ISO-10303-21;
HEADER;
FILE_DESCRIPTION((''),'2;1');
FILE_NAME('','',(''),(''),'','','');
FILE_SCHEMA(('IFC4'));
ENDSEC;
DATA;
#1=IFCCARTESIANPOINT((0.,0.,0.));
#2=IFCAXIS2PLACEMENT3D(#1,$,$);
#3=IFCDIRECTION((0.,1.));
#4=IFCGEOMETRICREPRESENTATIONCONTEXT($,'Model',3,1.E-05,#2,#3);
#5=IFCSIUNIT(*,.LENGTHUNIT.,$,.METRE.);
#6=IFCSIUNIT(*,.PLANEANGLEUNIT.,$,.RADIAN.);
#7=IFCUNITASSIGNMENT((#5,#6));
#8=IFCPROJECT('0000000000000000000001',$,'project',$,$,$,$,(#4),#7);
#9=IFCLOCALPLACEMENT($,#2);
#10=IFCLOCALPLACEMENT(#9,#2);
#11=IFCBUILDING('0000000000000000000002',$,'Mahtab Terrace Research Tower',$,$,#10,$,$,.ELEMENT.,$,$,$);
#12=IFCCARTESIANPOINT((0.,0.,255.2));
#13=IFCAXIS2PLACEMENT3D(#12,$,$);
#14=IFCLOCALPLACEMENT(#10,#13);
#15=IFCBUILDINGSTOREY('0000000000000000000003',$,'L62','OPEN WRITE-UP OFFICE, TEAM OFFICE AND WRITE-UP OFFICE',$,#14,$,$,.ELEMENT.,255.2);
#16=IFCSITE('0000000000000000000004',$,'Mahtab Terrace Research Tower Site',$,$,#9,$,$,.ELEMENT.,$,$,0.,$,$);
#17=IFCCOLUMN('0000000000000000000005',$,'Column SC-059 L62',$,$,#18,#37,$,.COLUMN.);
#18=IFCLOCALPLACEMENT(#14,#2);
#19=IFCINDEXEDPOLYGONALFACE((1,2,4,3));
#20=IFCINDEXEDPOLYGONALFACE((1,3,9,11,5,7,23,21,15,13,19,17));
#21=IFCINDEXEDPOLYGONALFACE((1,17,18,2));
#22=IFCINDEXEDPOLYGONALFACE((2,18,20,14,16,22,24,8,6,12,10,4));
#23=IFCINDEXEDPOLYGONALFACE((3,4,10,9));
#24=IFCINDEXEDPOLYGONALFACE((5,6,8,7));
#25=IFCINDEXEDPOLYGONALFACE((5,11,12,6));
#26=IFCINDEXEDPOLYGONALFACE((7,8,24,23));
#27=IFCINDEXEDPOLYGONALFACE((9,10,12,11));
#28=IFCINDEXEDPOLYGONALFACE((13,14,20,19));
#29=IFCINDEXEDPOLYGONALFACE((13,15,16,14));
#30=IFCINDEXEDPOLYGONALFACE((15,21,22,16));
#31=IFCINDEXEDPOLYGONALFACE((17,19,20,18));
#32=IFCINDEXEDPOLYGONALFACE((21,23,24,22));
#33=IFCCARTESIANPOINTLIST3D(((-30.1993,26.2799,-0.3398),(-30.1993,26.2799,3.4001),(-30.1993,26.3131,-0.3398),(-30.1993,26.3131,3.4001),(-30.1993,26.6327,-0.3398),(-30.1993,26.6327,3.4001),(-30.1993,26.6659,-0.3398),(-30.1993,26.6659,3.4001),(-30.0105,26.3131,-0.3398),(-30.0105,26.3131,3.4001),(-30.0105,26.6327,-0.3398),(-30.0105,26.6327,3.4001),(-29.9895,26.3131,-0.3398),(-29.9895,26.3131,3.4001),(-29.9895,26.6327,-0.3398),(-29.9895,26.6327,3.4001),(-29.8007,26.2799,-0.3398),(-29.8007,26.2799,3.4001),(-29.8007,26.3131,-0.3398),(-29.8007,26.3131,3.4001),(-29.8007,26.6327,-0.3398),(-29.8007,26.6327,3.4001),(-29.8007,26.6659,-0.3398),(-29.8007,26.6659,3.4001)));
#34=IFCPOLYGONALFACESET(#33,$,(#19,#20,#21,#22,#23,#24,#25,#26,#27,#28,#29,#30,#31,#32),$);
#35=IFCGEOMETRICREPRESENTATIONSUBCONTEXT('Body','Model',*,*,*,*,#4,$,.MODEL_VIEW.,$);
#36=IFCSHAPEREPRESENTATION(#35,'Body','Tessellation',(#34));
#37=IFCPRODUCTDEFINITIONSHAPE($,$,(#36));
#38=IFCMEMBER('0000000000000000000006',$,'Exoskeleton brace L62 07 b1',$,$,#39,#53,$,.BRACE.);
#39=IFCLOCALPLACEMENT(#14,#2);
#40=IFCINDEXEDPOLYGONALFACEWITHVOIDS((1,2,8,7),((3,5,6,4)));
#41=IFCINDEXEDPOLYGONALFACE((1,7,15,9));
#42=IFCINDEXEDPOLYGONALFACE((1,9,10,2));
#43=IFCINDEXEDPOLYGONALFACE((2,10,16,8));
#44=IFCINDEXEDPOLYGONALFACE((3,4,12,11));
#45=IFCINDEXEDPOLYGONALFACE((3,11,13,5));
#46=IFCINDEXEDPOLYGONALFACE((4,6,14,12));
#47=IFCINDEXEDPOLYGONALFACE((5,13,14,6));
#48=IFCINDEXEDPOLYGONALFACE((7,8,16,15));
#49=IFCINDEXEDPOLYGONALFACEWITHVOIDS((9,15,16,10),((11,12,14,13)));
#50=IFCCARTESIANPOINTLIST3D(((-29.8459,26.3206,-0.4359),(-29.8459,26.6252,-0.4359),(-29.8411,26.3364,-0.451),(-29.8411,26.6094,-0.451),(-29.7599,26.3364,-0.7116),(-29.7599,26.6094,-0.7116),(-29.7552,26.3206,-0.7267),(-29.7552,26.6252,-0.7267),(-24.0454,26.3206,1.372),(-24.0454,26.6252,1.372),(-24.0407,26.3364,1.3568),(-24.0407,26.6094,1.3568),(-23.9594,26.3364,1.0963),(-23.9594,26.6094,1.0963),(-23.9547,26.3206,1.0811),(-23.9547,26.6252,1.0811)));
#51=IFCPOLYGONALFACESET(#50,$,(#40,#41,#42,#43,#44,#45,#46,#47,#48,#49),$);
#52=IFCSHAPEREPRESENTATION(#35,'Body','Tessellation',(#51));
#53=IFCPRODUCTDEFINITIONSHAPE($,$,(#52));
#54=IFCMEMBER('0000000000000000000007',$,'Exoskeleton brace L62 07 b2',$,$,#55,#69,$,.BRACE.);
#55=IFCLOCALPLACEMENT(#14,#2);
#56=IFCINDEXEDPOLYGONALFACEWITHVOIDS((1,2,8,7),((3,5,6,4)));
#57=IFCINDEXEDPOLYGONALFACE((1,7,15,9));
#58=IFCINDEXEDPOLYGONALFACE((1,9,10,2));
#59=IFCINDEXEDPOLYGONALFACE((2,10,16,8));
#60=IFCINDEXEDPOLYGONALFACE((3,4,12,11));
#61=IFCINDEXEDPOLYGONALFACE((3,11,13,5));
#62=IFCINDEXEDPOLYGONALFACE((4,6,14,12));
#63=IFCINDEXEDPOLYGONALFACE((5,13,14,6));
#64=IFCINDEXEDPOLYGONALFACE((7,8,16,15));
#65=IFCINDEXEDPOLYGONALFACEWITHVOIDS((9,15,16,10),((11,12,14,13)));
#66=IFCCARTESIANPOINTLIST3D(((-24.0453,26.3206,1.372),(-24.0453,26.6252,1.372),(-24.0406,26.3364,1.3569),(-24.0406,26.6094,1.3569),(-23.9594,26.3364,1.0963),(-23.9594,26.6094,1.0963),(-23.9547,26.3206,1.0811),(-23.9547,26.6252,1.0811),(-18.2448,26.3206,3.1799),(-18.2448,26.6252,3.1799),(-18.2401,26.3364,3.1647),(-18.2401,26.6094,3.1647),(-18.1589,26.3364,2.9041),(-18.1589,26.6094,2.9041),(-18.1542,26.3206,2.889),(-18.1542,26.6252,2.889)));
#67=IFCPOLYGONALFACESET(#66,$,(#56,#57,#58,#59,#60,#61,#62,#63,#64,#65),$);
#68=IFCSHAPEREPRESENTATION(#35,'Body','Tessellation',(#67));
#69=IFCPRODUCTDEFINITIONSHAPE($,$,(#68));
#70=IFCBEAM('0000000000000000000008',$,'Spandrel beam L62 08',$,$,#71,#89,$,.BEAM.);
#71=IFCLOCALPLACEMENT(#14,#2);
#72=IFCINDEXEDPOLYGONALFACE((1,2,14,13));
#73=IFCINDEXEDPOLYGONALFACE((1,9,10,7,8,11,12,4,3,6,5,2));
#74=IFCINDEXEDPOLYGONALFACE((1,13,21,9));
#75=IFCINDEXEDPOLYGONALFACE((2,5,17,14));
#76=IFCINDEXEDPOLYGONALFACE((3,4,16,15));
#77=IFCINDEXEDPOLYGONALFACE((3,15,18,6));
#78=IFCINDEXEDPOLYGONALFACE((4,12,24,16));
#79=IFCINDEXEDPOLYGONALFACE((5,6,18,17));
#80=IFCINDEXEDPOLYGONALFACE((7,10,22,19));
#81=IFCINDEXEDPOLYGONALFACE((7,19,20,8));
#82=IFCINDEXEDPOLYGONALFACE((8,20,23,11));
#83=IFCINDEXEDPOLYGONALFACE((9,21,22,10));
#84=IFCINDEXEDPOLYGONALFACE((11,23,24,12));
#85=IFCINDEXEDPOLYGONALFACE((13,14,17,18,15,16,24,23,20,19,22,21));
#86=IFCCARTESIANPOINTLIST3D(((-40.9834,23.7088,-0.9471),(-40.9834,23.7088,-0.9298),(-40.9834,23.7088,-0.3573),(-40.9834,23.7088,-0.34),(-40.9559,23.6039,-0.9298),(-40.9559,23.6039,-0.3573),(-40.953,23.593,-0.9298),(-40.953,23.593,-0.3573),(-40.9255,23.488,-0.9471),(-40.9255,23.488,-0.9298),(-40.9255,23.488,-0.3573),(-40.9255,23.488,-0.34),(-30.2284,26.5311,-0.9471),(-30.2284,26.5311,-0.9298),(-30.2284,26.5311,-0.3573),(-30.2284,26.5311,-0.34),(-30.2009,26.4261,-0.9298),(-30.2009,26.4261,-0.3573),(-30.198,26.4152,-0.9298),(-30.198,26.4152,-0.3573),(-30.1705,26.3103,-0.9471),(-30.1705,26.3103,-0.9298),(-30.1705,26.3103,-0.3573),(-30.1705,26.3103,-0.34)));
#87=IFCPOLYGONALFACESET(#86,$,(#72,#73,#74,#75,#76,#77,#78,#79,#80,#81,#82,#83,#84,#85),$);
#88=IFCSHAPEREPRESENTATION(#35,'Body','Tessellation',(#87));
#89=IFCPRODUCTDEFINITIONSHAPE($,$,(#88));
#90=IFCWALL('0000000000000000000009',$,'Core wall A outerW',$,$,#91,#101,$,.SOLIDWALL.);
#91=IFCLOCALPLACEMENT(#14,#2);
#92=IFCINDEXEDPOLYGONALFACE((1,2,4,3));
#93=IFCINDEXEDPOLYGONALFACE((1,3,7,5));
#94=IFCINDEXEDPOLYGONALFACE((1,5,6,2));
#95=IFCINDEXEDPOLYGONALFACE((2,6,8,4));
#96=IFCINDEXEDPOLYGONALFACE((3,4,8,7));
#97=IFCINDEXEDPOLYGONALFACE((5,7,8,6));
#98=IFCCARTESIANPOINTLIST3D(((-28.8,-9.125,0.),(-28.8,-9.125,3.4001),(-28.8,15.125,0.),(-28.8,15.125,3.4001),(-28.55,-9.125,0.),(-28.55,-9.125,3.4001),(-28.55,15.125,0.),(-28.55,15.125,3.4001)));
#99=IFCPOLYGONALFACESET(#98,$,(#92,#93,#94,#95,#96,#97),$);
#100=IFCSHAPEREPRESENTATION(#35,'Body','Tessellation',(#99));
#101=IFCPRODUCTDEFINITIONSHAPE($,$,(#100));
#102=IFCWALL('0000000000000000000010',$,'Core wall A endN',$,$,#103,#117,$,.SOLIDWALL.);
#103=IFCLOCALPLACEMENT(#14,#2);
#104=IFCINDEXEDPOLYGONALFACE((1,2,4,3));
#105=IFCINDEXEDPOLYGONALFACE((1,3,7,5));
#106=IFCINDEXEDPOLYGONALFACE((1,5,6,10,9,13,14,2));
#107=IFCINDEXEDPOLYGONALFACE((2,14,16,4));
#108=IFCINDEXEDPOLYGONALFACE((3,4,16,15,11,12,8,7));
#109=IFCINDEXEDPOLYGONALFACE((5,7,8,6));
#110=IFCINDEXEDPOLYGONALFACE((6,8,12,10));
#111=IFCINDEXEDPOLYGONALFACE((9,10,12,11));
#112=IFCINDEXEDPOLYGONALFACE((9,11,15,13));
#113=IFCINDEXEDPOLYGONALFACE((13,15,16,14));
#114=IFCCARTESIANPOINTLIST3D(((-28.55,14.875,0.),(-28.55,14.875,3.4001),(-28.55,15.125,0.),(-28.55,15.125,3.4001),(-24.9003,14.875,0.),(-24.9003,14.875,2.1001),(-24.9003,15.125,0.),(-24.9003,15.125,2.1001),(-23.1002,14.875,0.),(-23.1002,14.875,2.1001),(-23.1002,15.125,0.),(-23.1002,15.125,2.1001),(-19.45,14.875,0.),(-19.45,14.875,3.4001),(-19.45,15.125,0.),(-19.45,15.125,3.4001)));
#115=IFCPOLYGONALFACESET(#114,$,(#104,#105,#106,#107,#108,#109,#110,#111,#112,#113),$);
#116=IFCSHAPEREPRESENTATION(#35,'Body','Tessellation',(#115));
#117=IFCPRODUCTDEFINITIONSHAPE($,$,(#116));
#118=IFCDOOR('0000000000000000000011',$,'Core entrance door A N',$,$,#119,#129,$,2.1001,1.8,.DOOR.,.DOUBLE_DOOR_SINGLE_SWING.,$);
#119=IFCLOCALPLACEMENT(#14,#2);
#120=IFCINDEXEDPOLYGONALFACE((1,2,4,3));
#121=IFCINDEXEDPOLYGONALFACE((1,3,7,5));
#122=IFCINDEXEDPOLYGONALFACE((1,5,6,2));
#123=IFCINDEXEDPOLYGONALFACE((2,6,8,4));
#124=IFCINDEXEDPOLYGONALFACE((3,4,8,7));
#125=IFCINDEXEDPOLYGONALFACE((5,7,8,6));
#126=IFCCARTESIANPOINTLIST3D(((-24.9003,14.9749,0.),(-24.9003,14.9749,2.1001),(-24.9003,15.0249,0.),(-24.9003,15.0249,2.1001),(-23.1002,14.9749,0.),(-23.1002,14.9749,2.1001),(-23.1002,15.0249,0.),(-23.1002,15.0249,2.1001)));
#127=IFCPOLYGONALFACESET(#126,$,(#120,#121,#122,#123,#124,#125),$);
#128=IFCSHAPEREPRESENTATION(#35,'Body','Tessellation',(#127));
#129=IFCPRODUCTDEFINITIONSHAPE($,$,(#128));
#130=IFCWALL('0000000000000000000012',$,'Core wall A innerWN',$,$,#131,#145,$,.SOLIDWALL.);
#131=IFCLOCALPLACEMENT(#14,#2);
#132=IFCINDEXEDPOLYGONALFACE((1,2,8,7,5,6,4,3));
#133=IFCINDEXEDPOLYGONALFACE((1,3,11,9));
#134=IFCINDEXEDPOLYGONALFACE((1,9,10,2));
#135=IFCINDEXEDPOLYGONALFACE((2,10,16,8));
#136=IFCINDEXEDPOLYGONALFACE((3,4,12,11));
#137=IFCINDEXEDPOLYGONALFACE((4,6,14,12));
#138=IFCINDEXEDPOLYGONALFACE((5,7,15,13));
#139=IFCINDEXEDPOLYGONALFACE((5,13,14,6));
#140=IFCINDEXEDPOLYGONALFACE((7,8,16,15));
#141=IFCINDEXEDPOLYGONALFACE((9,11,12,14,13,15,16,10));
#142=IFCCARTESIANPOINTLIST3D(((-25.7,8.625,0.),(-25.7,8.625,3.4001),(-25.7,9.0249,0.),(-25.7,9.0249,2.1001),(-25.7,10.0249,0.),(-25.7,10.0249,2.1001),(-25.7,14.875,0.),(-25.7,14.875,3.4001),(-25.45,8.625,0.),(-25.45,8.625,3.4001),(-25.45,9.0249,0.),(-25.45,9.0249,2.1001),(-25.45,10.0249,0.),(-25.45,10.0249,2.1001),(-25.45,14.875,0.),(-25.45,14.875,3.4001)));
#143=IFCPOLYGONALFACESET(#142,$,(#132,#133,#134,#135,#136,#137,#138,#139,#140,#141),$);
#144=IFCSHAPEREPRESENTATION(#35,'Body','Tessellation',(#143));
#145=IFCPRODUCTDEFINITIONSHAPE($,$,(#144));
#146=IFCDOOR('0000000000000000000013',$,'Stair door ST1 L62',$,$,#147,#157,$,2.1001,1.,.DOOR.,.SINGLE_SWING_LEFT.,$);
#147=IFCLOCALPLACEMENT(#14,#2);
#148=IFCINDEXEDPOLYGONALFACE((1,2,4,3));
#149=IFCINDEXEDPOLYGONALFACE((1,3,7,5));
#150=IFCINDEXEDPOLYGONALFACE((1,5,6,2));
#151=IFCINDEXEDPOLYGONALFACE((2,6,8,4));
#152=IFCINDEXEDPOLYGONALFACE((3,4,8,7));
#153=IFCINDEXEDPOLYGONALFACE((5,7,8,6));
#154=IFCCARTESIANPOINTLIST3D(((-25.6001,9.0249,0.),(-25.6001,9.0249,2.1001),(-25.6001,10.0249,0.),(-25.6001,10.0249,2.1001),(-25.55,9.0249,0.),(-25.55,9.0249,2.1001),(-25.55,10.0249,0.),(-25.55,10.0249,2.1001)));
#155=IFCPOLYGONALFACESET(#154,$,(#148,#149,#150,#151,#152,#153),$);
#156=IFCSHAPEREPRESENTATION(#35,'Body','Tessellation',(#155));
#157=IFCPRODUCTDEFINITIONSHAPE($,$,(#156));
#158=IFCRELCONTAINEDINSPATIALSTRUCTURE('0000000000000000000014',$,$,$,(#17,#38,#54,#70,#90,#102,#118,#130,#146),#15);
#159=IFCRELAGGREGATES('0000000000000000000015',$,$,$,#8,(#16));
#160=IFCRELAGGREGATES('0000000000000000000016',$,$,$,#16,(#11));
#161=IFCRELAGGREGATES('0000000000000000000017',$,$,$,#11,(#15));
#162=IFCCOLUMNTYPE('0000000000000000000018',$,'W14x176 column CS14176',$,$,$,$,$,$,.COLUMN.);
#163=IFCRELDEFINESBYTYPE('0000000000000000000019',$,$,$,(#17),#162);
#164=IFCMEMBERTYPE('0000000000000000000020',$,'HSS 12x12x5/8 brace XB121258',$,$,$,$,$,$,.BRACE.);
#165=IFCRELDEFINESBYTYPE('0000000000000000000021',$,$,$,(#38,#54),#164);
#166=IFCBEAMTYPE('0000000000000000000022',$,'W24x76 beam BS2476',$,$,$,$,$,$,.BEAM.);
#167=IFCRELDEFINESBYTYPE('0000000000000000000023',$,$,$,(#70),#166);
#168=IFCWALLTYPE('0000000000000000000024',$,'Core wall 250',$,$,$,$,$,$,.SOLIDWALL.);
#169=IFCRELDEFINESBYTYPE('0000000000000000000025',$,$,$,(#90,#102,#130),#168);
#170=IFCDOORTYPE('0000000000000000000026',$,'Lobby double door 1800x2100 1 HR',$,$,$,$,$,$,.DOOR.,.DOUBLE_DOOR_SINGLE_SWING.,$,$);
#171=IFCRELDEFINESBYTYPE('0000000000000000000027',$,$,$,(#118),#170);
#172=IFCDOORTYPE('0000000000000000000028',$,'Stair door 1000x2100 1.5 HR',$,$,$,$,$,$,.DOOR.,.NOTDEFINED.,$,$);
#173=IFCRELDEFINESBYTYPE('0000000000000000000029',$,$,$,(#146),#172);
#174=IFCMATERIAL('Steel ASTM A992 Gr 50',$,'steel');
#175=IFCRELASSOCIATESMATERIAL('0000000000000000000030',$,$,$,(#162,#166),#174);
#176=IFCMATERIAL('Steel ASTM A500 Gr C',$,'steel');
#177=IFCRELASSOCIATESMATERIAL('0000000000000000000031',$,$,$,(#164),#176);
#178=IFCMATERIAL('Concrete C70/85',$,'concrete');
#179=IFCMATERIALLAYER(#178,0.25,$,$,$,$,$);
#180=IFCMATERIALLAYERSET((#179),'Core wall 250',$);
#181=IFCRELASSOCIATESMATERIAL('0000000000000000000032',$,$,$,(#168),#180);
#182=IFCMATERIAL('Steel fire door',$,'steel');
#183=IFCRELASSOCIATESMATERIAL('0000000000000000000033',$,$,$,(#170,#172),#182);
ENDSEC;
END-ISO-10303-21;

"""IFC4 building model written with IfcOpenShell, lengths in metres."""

from ifc_helpers import new_model, si_unit, direction, frame, frame_2d, origin, origin_2d, place, context, subcontext, project, spatial, rectangle, hollow_rectangle, i_section, extrude, material, layer, layer_set, material_profile, profile_set, type_object, element, fill, save


model = new_model("IFC4")

# Units and contexts
model_context = context("Model", 3, precision=1e-05, world=origin(), true_north=direction((0.0, 1.0)))
body_context = subcontext(model_context, "Body", "Model", "MODEL_VIEW")
ifc_project = project(units=[si_unit("LENGTHUNIT", "METRE"), si_unit("PLANEANGLEUNIT", "RADIAN")], contexts=[model_context])

# Site, building, storey
site_placement = place(None, origin())
site = spatial("IfcSite", under=ifc_project, at=site_placement, Name="Mahtab Terrace Research Tower Site", CompositionType="ELEMENT", RefElevation=0.0)
building_placement = place(site_placement, origin())
building = spatial("IfcBuilding", under=site, at=building_placement, Name="Mahtab Terrace Research Tower", CompositionType="ELEMENT")
storey_placement = place(building_placement, frame((0.0, 0.0, 255.2)))
storey = spatial("IfcBuildingStorey", under=building, at=storey_placement, Name="L62", Description="OPEN WRITE-UP OFFICE, TEAM OFFICE AND WRITE-UP OFFICE", CompositionType="ELEMENT", Elevation=255.2)

# Column
ifc_material_1 = material(Name="Steel ASTM A992 Gr 50", Category="steel")
ifc_material_profile_1 = material_profile(ifc_material_1, i_section(OverallWidth=0.3987, OverallDepth=0.386, WebThickness=0.021, FlangeThickness=0.0332, at=origin_2d()), Name="W14X176")
ifc_profile_set_1 = profile_set([ifc_material_profile_1], Name="Steel ASTM A992 Gr 50")
column_type = type_object("IfcColumnType", Name="W14x176 column CS14176", PredefinedType="COLUMN", material=ifc_profile_set_1)
column_placement = place(storey_placement, frame((-30.0, 26.4729, -0.3398), z_axis=(0.0, 0.0, 1.0), x_axis=(1.0, 0.0, 0.0)))
element("IfcColumn", 1, at=column_placement, inside=storey, type_object=column_type, Name="Column SC-059 L62", PredefinedType="COLUMN", context=body_context, shape_type="SweptSolid", body=[
    extrude(i_section(OverallWidth=0.3987, OverallDepth=0.386, WebThickness=0.021, FlangeThickness=0.0332, at=origin_2d()), origin(), (0.0, 0.0, 1.0), 3.74),
])

# Members
ifc_material_2 = material(Name="Steel ASTM A500 Gr C", Category="steel")
ifc_material_profile_2 = material_profile(ifc_material_2, hollow_rectangle(XDim=0.3047, YDim=0.3047, WallThickness=0.0159, at=origin_2d()), Name="HSS12X12X5/8")
ifc_profile_set_2 = profile_set([ifc_material_profile_2], Name="Steel ASTM A500 Gr C")
member_type = type_object("IfcMemberType", Name="HSS 12x12x5/8 brace XB121258", PredefinedType="BRACE", material=ifc_profile_set_2)
for number, where, z_axis, x_axis, name in (
    (2, (-29.8005, 26.4729, -0.5813), (0.954705, 0.0, 0.297554), (0.0, 1.0, 0.0), "Exoskeleton brace L62 07 b1"),
    (3, (-24.0, 26.4729, 1.2266), (0.954705, 0.0, 0.297554), (0.0, 1.0, 0.0), "Exoskeleton brace L62 07 b2"),
):
    element("IfcMember", number, at=place(storey_placement, frame(where, z_axis=z_axis, x_axis=x_axis)), inside=storey, type_object=member_type, Name=name, PredefinedType="BRACE", context=body_context, shape_type="SweptSolid", body=[
        extrude(hollow_rectangle(XDim=0.3047, YDim=0.3047, WallThickness=0.0159, at=origin_2d()), origin(), (0.0, 0.0, 1.0), 6.0757),
    ])

# Beam
ifc_material_profile_3 = material_profile(ifc_material_1, i_section(OverallWidth=0.2283, OverallDepth=0.6072, WebThickness=0.0112, FlangeThickness=0.0173, at=origin_2d()), Name="W24X76")
ifc_profile_set_3 = profile_set([ifc_material_profile_3], Name="Steel ASTM A992 Gr 50")
beam_type = type_object("IfcBeamType", Name="W24x76 beam BS2476", PredefinedType="BEAM", material=ifc_profile_set_3)
beam_placement = place(storey_placement, frame((-30.1995, 26.4207, -0.6436), z_axis=(-0.967252, -0.253818, 0.0), x_axis=(0.253818, -0.967252, 0.0)))
element("IfcBeam", 4, at=beam_placement, inside=storey, type_object=beam_type, Name="Spandrel beam L62 08", PredefinedType="BEAM", context=body_context, shape_type="SweptSolid", body=[
    extrude(i_section(OverallWidth=0.2283, OverallDepth=0.6072, WebThickness=0.0112, FlangeThickness=0.0173, at=origin_2d()), origin(), (0.0, 0.0, 1.0), 11.1191),
])

# Wall
ifc_material_3 = material(Name="Concrete C70/85", Category="concrete")
ifc_layer_1 = layer(ifc_material_3, 0.25)
ifc_layer_set_1 = layer_set([ifc_layer_1], Name="Core wall 250")
wall_type_1 = type_object("IfcWallType", Name="Core wall 250", PredefinedType="SOLIDWALL", material=ifc_layer_set_1)
wall_1_placement = place(storey_placement, frame((-28.675, 15.125, 0.0), z_axis=(0.0, 0.0, 1.0), x_axis=(0.0, -1.0, 0.0)))
element("IfcWall", 5, at=wall_1_placement, inside=storey, type_object=wall_type_1, Name="Core wall A outerW", PredefinedType="SOLIDWALL", context=body_context, shape_type="SweptSolid", body=[
    extrude(rectangle(XDim=24.25, YDim=0.25, at=frame_2d((12.125, 0.0))), origin(), (0.0, 0.0, 1.0), 3.4001),
])

# Walls, openings, doors
wall_2_placement = place(storey_placement, frame((-28.55, 15.0, 0.0), z_axis=(0.0, 0.0, 1.0), x_axis=(1.0, 0.0, 0.0)))
wall_2 = element("IfcWall", 6, at=wall_2_placement, inside=storey, type_object=wall_type_1, Name="Core wall A endN", PredefinedType="SOLIDWALL", context=body_context, shape_type="SweptSolid", body=[
    extrude(rectangle(XDim=9.1001, YDim=0.25, at=frame_2d((4.55, 0.0))), origin(), (0.0, 0.0, 1.0), 3.4001),
])
opening_1_placement = place(wall_2_placement, frame((3.6499, 0.0, 0.0)))
opening_1 = element("IfcOpeningElement", 7, at=opening_1_placement, cuts=wall_2, PredefinedType="OPENING", context=body_context, shape_type="SweptSolid", body=[
    extrude(rectangle(XDim=1.8, YDim=2.1001, at=frame_2d((0.8999, 1.05))), frame((0.0, 0.135, 0.0), z_axis=(0.0, -1.0, 0.0), x_axis=(1.0, 0.0, 0.0)), (0.0, 0.0, 1.0), 0.27),
])
ifc_material_4 = material(Name="Steel fire door", Category="steel")
door_type_1 = type_object("IfcDoorType", Name="Lobby double door 1800x2100 1 HR", OperationType="DOUBLE_DOOR_SINGLE_SWING", PredefinedType="DOOR", material=ifc_material_4)
door_1_placement = place(opening_1_placement, origin())
door_1 = element("IfcDoor", 8, at=door_1_placement, inside=storey, type_object=door_type_1, Name="Core entrance door A N", OperationType="DOUBLE_DOOR_SINGLE_SWING", OverallHeight=2.1001, OverallWidth=1.8, PredefinedType="DOOR", context=body_context, shape_type="SweptSolid", body=[
    extrude(rectangle(XDim=1.8, YDim=2.1001, at=frame_2d((0.8999, 1.05))), frame((0.0, 0.0249, 0.0), z_axis=(0.0, -1.0, 0.0), x_axis=(1.0, 0.0, 0.0)), (0.0, 0.0, 1.0), 0.05),
])
fill(opening_1, door_1)
wall_3_placement = place(storey_placement, frame((-25.575, 14.875, 0.0), z_axis=(0.0, 0.0, 1.0), x_axis=(0.0, -1.0, 0.0)))
wall_3 = element("IfcWall", 9, at=wall_3_placement, inside=storey, type_object=wall_type_1, Name="Core wall A innerWN", PredefinedType="SOLIDWALL", context=body_context, shape_type="SweptSolid", body=[
    extrude(rectangle(XDim=6.25, YDim=0.25, at=frame_2d((3.125, 0.0))), origin(), (0.0, 0.0, 1.0), 3.4001),
])
opening_2_placement = place(wall_3_placement, frame((4.8501, 0.0, 0.0)))
opening_2 = element("IfcOpeningElement", 10, at=opening_2_placement, cuts=wall_3, PredefinedType="OPENING", context=body_context, shape_type="SweptSolid", body=[
    extrude(rectangle(XDim=1.0, YDim=2.1001, at=frame_2d((0.5, 1.05))), frame((0.0, 0.135, 0.0), z_axis=(0.0, -1.0, 0.0), x_axis=(1.0, 0.0, 0.0)), (0.0, 0.0, 1.0), 0.27),
])
door_type_2 = type_object("IfcDoorType", Name="Stair door 1000x2100 1.5 HR", OperationType="NOTDEFINED", PredefinedType="DOOR", material=ifc_material_4)
door_2_placement = place(opening_2_placement, origin())
door_2 = element("IfcDoor", 11, at=door_2_placement, inside=storey, type_object=door_type_2, Name="Stair door ST1 L62", OperationType="SINGLE_SWING_LEFT", OverallHeight=2.1001, OverallWidth=1.0, PredefinedType="DOOR", context=body_context, shape_type="SweptSolid", body=[
    extrude(rectangle(XDim=1.0, YDim=2.1001, at=frame_2d((0.5, 1.05))), frame((0.0, 0.0249, 0.0), z_axis=(0.0, -1.0, 0.0), x_axis=(1.0, 0.0, 0.0)), (0.0, 0.0, 1.0), 0.05),
])
fill(opening_2, door_2)

save(model, "model.ifc")
